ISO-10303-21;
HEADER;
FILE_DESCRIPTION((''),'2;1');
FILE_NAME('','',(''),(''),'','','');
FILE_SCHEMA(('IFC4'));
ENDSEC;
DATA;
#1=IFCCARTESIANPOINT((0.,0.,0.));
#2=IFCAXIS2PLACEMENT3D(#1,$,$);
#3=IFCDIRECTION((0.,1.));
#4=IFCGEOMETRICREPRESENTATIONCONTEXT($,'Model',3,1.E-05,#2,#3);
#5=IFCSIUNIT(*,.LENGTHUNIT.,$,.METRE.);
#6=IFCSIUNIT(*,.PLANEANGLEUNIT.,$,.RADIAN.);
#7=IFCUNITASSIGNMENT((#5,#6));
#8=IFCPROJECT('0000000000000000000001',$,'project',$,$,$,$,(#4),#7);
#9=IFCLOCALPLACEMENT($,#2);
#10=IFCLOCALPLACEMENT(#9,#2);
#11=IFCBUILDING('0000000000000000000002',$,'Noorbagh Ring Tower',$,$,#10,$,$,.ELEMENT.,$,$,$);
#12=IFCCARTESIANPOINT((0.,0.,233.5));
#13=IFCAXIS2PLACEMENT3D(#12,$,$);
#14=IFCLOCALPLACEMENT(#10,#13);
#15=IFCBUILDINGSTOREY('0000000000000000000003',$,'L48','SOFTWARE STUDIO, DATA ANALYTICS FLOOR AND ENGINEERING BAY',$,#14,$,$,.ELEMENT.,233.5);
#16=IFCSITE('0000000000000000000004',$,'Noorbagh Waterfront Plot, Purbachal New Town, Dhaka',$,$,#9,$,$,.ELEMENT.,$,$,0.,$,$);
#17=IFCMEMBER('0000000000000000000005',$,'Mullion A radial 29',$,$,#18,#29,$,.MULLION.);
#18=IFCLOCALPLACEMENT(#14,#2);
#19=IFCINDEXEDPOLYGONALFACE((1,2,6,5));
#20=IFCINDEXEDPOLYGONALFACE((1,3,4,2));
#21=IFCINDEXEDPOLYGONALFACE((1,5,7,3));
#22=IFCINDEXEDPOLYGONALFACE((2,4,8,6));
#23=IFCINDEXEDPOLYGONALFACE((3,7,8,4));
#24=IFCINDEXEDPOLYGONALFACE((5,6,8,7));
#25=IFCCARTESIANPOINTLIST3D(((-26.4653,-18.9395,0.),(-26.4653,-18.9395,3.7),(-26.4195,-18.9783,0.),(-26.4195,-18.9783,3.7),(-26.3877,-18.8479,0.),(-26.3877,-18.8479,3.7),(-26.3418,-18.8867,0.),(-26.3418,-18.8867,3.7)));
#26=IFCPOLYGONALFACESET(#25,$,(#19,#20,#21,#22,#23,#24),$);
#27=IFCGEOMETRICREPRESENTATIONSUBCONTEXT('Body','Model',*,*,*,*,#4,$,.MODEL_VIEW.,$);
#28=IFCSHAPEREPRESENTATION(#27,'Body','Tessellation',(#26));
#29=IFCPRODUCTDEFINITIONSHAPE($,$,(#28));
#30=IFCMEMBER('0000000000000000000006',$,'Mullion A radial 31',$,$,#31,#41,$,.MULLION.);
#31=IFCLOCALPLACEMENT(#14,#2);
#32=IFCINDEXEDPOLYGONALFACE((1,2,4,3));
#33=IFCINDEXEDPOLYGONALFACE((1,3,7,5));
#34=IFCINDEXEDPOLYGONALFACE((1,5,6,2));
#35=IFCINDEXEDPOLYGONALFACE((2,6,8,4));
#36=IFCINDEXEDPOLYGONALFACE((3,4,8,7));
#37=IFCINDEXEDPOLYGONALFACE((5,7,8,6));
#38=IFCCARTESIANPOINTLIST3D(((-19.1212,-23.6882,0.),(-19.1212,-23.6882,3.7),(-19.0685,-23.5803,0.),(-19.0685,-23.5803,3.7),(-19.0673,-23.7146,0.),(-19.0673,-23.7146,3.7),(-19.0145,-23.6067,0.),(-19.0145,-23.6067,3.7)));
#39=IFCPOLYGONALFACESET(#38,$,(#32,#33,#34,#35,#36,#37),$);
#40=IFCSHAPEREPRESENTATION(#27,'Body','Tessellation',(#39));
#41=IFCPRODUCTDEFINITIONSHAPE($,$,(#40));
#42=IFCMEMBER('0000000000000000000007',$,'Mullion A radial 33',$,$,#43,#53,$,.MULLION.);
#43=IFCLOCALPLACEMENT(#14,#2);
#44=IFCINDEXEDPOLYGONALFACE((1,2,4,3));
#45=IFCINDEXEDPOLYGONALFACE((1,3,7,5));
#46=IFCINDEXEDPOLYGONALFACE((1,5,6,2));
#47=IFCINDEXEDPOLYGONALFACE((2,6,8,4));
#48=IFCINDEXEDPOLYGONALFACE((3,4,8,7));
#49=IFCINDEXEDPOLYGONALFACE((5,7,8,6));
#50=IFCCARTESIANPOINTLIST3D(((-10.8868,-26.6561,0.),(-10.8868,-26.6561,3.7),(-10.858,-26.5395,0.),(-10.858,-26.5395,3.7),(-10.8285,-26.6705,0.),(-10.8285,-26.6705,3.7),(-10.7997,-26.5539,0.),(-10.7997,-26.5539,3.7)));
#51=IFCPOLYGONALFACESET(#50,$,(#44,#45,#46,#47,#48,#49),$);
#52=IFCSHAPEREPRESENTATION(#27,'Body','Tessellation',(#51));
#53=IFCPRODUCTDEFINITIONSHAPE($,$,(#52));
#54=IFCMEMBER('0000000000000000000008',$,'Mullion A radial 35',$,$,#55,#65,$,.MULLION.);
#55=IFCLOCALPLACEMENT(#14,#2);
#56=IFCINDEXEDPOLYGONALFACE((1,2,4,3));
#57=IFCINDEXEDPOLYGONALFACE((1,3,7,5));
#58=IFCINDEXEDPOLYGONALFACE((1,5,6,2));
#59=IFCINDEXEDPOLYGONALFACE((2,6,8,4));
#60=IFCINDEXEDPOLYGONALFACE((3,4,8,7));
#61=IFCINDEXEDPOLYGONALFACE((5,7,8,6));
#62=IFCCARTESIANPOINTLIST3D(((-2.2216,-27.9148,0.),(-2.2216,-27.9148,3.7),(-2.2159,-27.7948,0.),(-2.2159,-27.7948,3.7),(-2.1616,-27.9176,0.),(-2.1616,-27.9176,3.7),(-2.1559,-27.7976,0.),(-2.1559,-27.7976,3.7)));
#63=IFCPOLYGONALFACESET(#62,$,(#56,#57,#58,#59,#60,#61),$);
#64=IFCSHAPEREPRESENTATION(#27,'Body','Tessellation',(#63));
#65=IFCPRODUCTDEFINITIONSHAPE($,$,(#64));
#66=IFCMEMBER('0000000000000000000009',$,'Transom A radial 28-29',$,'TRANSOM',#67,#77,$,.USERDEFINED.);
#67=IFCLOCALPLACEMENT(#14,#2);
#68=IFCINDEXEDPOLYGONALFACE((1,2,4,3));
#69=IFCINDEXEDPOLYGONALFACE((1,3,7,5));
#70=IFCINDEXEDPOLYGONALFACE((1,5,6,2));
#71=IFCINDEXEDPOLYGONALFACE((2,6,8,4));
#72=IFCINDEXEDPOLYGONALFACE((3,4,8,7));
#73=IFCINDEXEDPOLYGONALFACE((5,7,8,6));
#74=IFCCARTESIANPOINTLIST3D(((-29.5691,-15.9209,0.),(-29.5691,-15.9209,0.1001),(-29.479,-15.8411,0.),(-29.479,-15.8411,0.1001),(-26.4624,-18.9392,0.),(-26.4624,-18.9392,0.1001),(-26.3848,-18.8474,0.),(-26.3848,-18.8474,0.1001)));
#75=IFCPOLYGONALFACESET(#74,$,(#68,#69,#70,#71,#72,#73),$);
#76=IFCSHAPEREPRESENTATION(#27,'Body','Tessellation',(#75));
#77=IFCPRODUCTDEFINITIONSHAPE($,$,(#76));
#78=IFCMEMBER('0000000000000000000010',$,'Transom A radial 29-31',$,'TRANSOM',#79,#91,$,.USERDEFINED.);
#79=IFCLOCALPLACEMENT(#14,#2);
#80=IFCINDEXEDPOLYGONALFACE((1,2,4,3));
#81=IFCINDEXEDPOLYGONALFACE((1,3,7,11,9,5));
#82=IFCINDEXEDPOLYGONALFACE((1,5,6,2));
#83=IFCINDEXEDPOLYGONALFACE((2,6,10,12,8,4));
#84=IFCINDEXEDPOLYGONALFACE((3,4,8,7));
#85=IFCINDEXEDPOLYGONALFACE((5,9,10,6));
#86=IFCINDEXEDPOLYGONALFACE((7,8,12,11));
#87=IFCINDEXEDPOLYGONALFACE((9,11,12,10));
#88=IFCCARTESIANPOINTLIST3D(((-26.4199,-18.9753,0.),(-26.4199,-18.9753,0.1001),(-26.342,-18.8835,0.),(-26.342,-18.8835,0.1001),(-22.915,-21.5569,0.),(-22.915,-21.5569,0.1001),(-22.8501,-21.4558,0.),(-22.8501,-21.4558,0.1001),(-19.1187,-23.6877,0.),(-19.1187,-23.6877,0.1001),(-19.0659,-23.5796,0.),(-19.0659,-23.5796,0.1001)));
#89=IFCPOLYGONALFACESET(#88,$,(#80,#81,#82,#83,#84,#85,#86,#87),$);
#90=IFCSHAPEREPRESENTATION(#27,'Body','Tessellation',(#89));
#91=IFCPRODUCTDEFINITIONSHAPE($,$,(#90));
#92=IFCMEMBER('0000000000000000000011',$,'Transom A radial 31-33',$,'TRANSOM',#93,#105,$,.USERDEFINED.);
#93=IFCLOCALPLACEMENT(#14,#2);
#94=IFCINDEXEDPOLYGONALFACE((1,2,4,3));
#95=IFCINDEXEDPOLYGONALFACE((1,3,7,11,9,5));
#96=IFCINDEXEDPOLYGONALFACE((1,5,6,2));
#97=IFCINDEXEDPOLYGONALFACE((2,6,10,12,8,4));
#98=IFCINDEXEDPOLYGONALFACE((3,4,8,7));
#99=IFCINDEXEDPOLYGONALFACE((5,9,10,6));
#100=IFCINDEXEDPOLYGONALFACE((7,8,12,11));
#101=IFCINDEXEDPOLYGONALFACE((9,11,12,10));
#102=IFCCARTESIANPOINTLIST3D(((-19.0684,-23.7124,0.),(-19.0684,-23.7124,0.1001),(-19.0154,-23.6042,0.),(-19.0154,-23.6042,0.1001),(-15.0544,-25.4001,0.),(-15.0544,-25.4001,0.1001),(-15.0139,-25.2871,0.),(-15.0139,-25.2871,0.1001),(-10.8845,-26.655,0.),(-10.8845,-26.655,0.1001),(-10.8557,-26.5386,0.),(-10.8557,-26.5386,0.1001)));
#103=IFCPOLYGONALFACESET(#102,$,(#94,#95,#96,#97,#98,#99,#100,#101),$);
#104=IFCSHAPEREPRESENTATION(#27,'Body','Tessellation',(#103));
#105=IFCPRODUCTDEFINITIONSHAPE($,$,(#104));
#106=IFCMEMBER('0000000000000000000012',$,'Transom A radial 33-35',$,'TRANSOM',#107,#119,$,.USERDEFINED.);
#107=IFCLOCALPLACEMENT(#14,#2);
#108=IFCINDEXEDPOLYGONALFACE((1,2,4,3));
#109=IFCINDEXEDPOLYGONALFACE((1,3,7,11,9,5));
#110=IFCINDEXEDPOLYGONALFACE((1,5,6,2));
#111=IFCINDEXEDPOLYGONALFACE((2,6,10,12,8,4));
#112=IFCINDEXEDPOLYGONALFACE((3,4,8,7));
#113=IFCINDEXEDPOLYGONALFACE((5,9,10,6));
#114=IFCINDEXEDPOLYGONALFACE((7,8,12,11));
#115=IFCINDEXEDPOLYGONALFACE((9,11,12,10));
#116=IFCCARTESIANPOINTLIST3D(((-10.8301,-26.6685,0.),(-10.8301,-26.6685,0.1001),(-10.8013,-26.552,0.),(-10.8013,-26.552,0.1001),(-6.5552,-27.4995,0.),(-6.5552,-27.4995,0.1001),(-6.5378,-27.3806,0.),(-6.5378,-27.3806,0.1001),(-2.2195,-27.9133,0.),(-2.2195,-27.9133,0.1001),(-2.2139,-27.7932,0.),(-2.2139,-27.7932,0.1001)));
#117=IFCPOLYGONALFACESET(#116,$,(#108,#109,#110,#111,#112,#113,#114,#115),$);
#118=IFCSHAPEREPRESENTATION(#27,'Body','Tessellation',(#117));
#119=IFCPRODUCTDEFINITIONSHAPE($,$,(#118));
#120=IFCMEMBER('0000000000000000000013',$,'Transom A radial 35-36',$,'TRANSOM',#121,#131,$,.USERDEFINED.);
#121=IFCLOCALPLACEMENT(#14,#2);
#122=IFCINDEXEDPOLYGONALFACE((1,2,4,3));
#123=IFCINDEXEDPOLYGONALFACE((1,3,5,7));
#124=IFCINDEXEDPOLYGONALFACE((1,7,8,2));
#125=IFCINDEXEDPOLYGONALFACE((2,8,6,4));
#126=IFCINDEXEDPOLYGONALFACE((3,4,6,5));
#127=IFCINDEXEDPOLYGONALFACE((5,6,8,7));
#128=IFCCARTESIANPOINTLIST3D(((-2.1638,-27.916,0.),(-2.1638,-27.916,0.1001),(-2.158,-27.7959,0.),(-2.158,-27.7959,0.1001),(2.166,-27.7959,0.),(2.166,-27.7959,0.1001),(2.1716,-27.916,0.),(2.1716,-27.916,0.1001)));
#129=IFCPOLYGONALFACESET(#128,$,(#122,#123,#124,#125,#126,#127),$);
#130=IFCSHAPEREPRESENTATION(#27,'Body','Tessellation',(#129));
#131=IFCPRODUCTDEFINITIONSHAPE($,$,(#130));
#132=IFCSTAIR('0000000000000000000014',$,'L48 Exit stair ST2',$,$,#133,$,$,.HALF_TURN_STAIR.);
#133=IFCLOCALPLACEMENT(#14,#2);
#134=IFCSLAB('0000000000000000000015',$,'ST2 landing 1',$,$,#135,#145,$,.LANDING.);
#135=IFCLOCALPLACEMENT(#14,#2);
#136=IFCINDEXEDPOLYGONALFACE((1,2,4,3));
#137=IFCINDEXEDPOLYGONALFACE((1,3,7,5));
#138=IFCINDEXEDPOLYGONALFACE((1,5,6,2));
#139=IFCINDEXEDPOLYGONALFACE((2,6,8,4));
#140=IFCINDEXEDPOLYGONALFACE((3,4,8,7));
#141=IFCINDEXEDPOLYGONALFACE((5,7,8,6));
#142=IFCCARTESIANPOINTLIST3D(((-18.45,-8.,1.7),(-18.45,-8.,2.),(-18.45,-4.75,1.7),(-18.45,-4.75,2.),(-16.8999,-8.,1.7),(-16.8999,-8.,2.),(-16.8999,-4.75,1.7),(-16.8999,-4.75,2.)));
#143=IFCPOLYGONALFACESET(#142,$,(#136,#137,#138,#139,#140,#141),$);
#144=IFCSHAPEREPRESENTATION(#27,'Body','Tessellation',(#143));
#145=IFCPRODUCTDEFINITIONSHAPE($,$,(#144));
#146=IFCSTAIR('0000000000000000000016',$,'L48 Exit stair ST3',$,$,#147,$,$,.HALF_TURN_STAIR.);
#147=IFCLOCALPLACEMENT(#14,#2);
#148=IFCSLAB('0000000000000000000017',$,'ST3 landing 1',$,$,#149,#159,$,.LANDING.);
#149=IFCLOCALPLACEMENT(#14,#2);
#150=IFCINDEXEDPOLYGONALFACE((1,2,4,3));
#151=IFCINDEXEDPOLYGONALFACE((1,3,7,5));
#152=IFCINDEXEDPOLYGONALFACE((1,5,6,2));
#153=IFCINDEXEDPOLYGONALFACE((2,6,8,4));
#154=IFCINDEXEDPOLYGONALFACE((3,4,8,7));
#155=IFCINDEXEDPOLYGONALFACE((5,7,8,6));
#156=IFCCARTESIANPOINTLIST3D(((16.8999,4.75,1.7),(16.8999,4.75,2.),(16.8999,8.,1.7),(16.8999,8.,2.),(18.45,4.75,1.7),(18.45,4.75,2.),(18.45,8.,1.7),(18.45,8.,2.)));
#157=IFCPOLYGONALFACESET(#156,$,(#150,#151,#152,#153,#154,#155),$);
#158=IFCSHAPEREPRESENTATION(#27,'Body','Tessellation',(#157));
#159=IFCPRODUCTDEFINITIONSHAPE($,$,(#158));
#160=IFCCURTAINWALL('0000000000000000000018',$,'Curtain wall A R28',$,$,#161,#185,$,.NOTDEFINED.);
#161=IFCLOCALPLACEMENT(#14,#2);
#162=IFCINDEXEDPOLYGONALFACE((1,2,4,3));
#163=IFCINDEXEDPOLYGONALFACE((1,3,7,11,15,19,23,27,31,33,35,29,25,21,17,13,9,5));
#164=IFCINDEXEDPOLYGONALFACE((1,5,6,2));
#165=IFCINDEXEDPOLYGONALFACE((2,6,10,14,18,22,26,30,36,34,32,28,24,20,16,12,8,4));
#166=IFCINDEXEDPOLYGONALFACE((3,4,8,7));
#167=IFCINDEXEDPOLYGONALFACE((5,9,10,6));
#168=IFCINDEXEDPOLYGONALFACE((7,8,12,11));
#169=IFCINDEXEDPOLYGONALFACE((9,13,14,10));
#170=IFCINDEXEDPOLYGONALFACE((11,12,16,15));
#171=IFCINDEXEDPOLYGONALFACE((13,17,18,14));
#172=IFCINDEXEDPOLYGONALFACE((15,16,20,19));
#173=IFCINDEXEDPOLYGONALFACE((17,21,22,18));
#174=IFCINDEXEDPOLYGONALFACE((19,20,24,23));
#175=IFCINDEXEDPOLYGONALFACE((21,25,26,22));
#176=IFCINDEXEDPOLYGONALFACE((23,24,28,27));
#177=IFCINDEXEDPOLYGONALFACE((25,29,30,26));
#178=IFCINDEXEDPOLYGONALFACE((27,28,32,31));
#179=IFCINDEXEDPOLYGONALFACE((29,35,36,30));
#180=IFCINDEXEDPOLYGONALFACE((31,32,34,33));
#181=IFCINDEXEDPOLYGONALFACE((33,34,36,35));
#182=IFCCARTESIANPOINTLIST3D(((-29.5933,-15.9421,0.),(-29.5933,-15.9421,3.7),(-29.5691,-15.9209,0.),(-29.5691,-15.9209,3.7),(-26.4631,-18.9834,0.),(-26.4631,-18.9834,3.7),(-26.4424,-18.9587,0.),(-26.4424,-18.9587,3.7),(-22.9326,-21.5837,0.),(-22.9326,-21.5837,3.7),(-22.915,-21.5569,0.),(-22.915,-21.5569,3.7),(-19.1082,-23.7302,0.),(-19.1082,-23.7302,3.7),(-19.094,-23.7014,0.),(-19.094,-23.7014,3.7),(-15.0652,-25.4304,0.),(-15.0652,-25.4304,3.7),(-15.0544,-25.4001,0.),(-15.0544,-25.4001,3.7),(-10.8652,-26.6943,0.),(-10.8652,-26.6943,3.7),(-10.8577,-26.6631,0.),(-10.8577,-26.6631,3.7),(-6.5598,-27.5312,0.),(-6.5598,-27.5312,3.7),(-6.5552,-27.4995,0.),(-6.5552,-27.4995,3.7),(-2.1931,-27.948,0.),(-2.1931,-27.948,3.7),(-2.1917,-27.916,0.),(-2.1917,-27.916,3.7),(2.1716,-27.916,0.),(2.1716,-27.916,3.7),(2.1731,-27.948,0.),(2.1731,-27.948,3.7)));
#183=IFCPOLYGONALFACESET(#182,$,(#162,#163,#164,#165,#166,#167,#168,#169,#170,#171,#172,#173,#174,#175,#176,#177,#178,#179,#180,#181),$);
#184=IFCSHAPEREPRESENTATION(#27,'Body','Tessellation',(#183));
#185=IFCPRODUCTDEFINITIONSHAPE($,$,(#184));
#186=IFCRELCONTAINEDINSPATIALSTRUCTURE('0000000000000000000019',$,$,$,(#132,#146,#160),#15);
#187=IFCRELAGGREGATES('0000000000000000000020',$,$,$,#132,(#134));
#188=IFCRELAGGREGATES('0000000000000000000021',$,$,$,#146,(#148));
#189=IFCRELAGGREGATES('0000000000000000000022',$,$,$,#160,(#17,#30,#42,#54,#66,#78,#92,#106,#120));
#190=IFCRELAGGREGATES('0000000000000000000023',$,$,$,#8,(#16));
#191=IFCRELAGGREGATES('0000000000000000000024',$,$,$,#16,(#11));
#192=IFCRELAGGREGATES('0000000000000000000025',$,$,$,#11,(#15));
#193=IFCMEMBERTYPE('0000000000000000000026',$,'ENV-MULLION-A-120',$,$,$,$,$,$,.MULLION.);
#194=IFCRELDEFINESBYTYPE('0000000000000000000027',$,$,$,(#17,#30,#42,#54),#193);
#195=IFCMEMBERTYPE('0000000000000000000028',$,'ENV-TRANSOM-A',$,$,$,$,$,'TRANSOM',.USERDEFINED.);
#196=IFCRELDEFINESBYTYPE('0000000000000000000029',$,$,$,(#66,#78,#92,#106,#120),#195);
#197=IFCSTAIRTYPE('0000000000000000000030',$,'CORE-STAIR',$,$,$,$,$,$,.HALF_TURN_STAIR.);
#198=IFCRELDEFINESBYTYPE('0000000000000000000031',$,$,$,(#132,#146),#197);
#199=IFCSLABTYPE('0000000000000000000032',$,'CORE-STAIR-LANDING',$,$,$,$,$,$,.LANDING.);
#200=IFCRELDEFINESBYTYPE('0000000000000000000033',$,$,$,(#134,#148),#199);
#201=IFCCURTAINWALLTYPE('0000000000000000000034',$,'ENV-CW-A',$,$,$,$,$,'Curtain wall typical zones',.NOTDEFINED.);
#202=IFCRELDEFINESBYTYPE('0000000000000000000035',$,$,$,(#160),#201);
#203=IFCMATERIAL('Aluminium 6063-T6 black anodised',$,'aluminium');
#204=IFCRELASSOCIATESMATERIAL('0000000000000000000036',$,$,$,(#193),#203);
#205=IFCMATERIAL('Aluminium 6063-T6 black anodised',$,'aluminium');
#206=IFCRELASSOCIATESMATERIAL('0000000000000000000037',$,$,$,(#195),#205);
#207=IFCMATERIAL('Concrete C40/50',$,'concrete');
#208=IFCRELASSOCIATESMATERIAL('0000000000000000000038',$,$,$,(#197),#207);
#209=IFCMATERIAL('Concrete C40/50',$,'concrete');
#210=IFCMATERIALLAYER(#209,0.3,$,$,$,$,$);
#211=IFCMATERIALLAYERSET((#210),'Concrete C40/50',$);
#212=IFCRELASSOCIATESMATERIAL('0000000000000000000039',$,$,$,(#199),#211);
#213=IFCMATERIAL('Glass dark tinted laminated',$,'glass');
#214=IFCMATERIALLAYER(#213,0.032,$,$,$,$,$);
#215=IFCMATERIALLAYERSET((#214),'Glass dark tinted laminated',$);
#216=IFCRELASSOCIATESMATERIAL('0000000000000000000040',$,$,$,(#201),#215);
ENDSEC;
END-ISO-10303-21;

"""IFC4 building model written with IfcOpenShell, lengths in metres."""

from ifc_helpers import new_model, si_unit, direction, frame, origin, origin_2d, place, context, subcontext, project, spatial, polyline, rectangle, outline, extrude, material, layer, layer_set, material_profile, profile_set, type_object, element, aggregate, save


model = new_model("IFC4")

# Units and contexts
model_context = context("Model", 3, precision=1e-05, world=origin(), true_north=direction((0.0, 1.0)))
body_context = subcontext(model_context, "Body", "Model", "MODEL_VIEW")
ifc_project = project(units=[si_unit("LENGTHUNIT", "METRE"), si_unit("PLANEANGLEUNIT", "RADIAN")], contexts=[model_context])

# Members
ifc_material_1 = material(Name="Aluminium 6063-T6 black anodised", Category="aluminium")
ifc_material_profile = material_profile(ifc_material_1, rectangle(XDim=0.1201, YDim=0.0601, at=origin_2d()), Name="120x60")
ifc_profile_set = profile_set([ifc_material_profile], Name="Aluminium 6063-T6 black anodised")
member_type_1 = type_object("IfcMemberType", Name="ENV-MULLION-A-120", PredefinedType="MULLION", material=ifc_profile_set)
site_placement = place(None, origin())
building_placement = place(site_placement, origin())
storey_placement = place(building_placement, frame((0.0, 0.0, 233.5)))
member_1_placement = place(storey_placement, frame((-26.4036, -18.9131, 0.0), z_axis=(0.0, 0.0, 1.0), x_axis=(0.646451, 0.762955, 0.0)))
member_1 = element("IfcMember", 1, at=member_1_placement, type_object=member_type_1, Name="Mullion A radial 29", PredefinedType="MULLION", context=body_context, shape_type="SweptSolid", body=[
    extrude(rectangle(XDim=0.1201, YDim=0.0601, at=origin_2d()), origin(), (0.0, 0.0, 1.0), 3.7),
])
member_2_placement = place(storey_placement, frame((-19.0679, -23.6475, 0.0), z_axis=(0.0, 0.0, 1.0), x_axis=(0.439238, 0.898371, 0.0)))
member_2 = element("IfcMember", 2, at=member_2_placement, type_object=member_type_1, Name="Mullion A radial 31", PredefinedType="MULLION", context=body_context, shape_type="SweptSolid", body=[
    extrude(rectangle(XDim=0.1201, YDim=0.0601, at=origin_2d()), origin(), (0.0, 0.0, 1.0), 3.7),
])
member_3_placement = place(storey_placement, frame((-10.8433, -26.605, 0.0), z_axis=(0.0, 0.0, 1.0), x_axis=(0.239799, 0.970823, 0.0)))
member_3 = element("IfcMember", 3, at=member_3_placement, type_object=member_type_1, Name="Mullion A radial 33", PredefinedType="MULLION", context=body_context, shape_type="SweptSolid", body=[
    extrude(rectangle(XDim=0.1201, YDim=0.0601, at=origin_2d()), origin(), (0.0, 0.0, 1.0), 3.7),
])
member_4_placement = place(storey_placement, frame((-2.1887, -27.8562, 0.0), z_axis=(0.0, 0.0, 1.0), x_axis=(0.047558, 0.998868, 0.0)))
member_4 = element("IfcMember", 4, at=member_4_placement, type_object=member_type_1, Name="Mullion A radial 35", PredefinedType="MULLION", context=body_context, shape_type="SweptSolid", body=[
    extrude(rectangle(XDim=0.1201, YDim=0.0601, at=origin_2d()), origin(), (0.0, 0.0, 1.0), 3.7),
])
ifc_material_2 = material(Name="Aluminium 6063-T6 black anodised", Category="aluminium")
member_type_2 = type_object("IfcMemberType", Name="ENV-TRANSOM-A", ElementType="TRANSOM", PredefinedType="USERDEFINED", material=ifc_material_2)
member_5_placement = place(storey_placement, origin())
member_5 = element("IfcMember", 5, at=member_5_placement, type_object=member_type_2, Name="Transom A radial 28-29", ObjectType="TRANSOM", PredefinedType="USERDEFINED", context=body_context, shape_type="SweptSolid", body=[
    extrude(outline(polyline([(-29.5691, -15.9209), (-26.4624, -18.9392), (-26.3848, -18.8474), (-29.479, -15.8411), (-29.5691, -15.9209)])), origin(), (0.0, 0.0, 1.0), 0.1001),
])
member_6_placement = place(storey_placement, origin())
member_6 = element("IfcMember", 6, at=member_6_placement, type_object=member_type_2, Name="Transom A radial 29-31", ObjectType="TRANSOM", PredefinedType="USERDEFINED", context=body_context, shape_type="SweptSolid", body=[
    extrude(outline(polyline([(-26.4199, -18.9753), (-22.915, -21.5569), (-19.1187, -23.6877), (-19.0659, -23.5796), (-22.8501, -21.4558), (-26.342, -18.8835), (-26.4199, -18.9753)])), origin(), (0.0, 0.0, 1.0), 0.1001),
])
member_7_placement = place(storey_placement, origin())
member_7 = element("IfcMember", 7, at=member_7_placement, type_object=member_type_2, Name="Transom A radial 31-33", ObjectType="TRANSOM", PredefinedType="USERDEFINED", context=body_context, shape_type="SweptSolid", body=[
    extrude(outline(polyline([(-19.0684, -23.7124), (-15.0544, -25.4001), (-10.8845, -26.655), (-10.8557, -26.5386), (-15.0139, -25.2871), (-19.0154, -23.6042), (-19.0684, -23.7124)])), origin(), (0.0, 0.0, 1.0), 0.1001),
])
member_8_placement = place(storey_placement, origin())
member_8 = element("IfcMember", 8, at=member_8_placement, type_object=member_type_2, Name="Transom A radial 33-35", ObjectType="TRANSOM", PredefinedType="USERDEFINED", context=body_context, shape_type="SweptSolid", body=[
    extrude(outline(polyline([(-10.8301, -26.6685), (-6.5552, -27.4995), (-2.2195, -27.9133), (-2.2139, -27.7932), (-6.5378, -27.3806), (-10.8013, -26.552), (-10.8301, -26.6685)])), origin(), (0.0, 0.0, 1.0), 0.1001),
])
member_9_placement = place(storey_placement, origin())
member_9 = element("IfcMember", 9, at=member_9_placement, type_object=member_type_2, Name="Transom A radial 35-36", ObjectType="TRANSOM", PredefinedType="USERDEFINED", context=body_context, shape_type="SweptSolid", body=[
    extrude(outline(polyline([(-2.1638, -27.916), (2.1716, -27.916), (2.166, -27.7959), (-2.158, -27.7959), (-2.1638, -27.916)])), origin(), (0.0, 0.0, 1.0), 0.1001),
])

# Site, building, storey
site = spatial("IfcSite", under=ifc_project, at=site_placement, Name="Noorbagh Waterfront Plot, Purbachal New Town, Dhaka", CompositionType="ELEMENT", RefElevation=0.0)
building = spatial("IfcBuilding", under=site, at=building_placement, Name="Noorbagh Ring Tower", CompositionType="ELEMENT")
storey = spatial("IfcBuildingStorey", under=building, at=storey_placement, Name="L48", Description="SOFTWARE STUDIO, DATA ANALYTICS FLOOR AND ENGINEERING BAY", CompositionType="ELEMENT", Elevation=233.5)

# Stairs, slabs
ifc_material_3 = material(Name="Concrete C40/50", Category="concrete")
stair_type = type_object("IfcStairType", Name="CORE-STAIR", PredefinedType="HALF_TURN_STAIR", material=ifc_material_3)
stair_1_placement = place(storey_placement, origin())
stair_1 = element("IfcStair", 10, at=stair_1_placement, inside=storey, type_object=stair_type, Name="L48 Exit stair ST2", PredefinedType="HALF_TURN_STAIR")
ifc_material_4 = material(Name="Concrete C40/50", Category="concrete")
ifc_layer_1 = layer(ifc_material_4, 0.3)
ifc_layer_set_1 = layer_set([ifc_layer_1], Name="Concrete C40/50")
slab_type = type_object("IfcSlabType", Name="CORE-STAIR-LANDING", PredefinedType="LANDING", material=ifc_layer_set_1)
slab_1_placement = place(storey_placement, frame((0.0, 0.0, 1.7)))
slab_1 = element("IfcSlab", 11, at=slab_1_placement, type_object=slab_type, Name="ST2 landing 1", PredefinedType="LANDING", context=body_context, shape_type="SweptSolid", body=[
    extrude(outline(polyline([(-18.45, -8.0), (-16.8999, -8.0), (-16.8999, -4.75), (-18.45, -4.75), (-18.45, -8.0)])), origin(), (0.0, 0.0, 1.0), 0.3),
])
aggregate(stair_1, [slab_1])
stair_2_placement = place(storey_placement, origin())
stair_2 = element("IfcStair", 12, at=stair_2_placement, inside=storey, type_object=stair_type, Name="L48 Exit stair ST3", PredefinedType="HALF_TURN_STAIR")
slab_2_placement = place(storey_placement, frame((0.0, 0.0, 1.7)))
slab_2 = element("IfcSlab", 13, at=slab_2_placement, type_object=slab_type, Name="ST3 landing 1", PredefinedType="LANDING", context=body_context, shape_type="SweptSolid", body=[
    extrude(outline(polyline([(18.45, 8.0), (16.8999, 8.0), (16.8999, 4.75), (18.45, 4.75), (18.45, 8.0)])), origin(), (0.0, 0.0, 1.0), 0.3),
])
aggregate(stair_2, [slab_2])

# Curtain wall
ifc_material_5 = material(Name="Glass dark tinted laminated", Category="glass")
ifc_layer_2 = layer(ifc_material_5, 0.032)
ifc_layer_set_2 = layer_set([ifc_layer_2], Name="Glass dark tinted laminated")
curtain_wall_type = type_object("IfcCurtainWallType", Name="ENV-CW-A", ElementType="Curtain wall typical zones", PredefinedType="NOTDEFINED", material=ifc_layer_set_2)
curtain_wall_1_placement = place(storey_placement, origin())
curtain_wall_1 = element("IfcCurtainWall", 14, at=curtain_wall_1_placement, inside=storey, type_object=curtain_wall_type, Name="Curtain wall A R28", PredefinedType="NOTDEFINED", context=body_context, shape_type="SweptSolid", body=[
    extrude(outline(polyline([(-29.5933, -15.9421), (-26.4631, -18.9834), (-22.9326, -21.5837), (-19.1082, -23.7302), (-15.0652, -25.4304), (-10.8652, -26.6943), (-6.5598, -27.5312), (-2.1931, -27.948), (2.1731, -27.948), (2.1716, -27.916), (-2.1917, -27.916), (-6.5552, -27.4995), (-10.8577, -26.6631), (-15.0544, -25.4001), (-19.094, -23.7014), (-22.915, -21.5569), (-26.4424, -18.9587), (-29.5691, -15.9209), (-29.5933, -15.9421)])), origin(), (0.0, 0.0, 1.0), 3.7),
])
aggregate(curtain_wall_1, [member_1, member_2, member_3, member_4, member_5, member_6, member_7, member_8, member_9])

save(model, "model.ifc")
